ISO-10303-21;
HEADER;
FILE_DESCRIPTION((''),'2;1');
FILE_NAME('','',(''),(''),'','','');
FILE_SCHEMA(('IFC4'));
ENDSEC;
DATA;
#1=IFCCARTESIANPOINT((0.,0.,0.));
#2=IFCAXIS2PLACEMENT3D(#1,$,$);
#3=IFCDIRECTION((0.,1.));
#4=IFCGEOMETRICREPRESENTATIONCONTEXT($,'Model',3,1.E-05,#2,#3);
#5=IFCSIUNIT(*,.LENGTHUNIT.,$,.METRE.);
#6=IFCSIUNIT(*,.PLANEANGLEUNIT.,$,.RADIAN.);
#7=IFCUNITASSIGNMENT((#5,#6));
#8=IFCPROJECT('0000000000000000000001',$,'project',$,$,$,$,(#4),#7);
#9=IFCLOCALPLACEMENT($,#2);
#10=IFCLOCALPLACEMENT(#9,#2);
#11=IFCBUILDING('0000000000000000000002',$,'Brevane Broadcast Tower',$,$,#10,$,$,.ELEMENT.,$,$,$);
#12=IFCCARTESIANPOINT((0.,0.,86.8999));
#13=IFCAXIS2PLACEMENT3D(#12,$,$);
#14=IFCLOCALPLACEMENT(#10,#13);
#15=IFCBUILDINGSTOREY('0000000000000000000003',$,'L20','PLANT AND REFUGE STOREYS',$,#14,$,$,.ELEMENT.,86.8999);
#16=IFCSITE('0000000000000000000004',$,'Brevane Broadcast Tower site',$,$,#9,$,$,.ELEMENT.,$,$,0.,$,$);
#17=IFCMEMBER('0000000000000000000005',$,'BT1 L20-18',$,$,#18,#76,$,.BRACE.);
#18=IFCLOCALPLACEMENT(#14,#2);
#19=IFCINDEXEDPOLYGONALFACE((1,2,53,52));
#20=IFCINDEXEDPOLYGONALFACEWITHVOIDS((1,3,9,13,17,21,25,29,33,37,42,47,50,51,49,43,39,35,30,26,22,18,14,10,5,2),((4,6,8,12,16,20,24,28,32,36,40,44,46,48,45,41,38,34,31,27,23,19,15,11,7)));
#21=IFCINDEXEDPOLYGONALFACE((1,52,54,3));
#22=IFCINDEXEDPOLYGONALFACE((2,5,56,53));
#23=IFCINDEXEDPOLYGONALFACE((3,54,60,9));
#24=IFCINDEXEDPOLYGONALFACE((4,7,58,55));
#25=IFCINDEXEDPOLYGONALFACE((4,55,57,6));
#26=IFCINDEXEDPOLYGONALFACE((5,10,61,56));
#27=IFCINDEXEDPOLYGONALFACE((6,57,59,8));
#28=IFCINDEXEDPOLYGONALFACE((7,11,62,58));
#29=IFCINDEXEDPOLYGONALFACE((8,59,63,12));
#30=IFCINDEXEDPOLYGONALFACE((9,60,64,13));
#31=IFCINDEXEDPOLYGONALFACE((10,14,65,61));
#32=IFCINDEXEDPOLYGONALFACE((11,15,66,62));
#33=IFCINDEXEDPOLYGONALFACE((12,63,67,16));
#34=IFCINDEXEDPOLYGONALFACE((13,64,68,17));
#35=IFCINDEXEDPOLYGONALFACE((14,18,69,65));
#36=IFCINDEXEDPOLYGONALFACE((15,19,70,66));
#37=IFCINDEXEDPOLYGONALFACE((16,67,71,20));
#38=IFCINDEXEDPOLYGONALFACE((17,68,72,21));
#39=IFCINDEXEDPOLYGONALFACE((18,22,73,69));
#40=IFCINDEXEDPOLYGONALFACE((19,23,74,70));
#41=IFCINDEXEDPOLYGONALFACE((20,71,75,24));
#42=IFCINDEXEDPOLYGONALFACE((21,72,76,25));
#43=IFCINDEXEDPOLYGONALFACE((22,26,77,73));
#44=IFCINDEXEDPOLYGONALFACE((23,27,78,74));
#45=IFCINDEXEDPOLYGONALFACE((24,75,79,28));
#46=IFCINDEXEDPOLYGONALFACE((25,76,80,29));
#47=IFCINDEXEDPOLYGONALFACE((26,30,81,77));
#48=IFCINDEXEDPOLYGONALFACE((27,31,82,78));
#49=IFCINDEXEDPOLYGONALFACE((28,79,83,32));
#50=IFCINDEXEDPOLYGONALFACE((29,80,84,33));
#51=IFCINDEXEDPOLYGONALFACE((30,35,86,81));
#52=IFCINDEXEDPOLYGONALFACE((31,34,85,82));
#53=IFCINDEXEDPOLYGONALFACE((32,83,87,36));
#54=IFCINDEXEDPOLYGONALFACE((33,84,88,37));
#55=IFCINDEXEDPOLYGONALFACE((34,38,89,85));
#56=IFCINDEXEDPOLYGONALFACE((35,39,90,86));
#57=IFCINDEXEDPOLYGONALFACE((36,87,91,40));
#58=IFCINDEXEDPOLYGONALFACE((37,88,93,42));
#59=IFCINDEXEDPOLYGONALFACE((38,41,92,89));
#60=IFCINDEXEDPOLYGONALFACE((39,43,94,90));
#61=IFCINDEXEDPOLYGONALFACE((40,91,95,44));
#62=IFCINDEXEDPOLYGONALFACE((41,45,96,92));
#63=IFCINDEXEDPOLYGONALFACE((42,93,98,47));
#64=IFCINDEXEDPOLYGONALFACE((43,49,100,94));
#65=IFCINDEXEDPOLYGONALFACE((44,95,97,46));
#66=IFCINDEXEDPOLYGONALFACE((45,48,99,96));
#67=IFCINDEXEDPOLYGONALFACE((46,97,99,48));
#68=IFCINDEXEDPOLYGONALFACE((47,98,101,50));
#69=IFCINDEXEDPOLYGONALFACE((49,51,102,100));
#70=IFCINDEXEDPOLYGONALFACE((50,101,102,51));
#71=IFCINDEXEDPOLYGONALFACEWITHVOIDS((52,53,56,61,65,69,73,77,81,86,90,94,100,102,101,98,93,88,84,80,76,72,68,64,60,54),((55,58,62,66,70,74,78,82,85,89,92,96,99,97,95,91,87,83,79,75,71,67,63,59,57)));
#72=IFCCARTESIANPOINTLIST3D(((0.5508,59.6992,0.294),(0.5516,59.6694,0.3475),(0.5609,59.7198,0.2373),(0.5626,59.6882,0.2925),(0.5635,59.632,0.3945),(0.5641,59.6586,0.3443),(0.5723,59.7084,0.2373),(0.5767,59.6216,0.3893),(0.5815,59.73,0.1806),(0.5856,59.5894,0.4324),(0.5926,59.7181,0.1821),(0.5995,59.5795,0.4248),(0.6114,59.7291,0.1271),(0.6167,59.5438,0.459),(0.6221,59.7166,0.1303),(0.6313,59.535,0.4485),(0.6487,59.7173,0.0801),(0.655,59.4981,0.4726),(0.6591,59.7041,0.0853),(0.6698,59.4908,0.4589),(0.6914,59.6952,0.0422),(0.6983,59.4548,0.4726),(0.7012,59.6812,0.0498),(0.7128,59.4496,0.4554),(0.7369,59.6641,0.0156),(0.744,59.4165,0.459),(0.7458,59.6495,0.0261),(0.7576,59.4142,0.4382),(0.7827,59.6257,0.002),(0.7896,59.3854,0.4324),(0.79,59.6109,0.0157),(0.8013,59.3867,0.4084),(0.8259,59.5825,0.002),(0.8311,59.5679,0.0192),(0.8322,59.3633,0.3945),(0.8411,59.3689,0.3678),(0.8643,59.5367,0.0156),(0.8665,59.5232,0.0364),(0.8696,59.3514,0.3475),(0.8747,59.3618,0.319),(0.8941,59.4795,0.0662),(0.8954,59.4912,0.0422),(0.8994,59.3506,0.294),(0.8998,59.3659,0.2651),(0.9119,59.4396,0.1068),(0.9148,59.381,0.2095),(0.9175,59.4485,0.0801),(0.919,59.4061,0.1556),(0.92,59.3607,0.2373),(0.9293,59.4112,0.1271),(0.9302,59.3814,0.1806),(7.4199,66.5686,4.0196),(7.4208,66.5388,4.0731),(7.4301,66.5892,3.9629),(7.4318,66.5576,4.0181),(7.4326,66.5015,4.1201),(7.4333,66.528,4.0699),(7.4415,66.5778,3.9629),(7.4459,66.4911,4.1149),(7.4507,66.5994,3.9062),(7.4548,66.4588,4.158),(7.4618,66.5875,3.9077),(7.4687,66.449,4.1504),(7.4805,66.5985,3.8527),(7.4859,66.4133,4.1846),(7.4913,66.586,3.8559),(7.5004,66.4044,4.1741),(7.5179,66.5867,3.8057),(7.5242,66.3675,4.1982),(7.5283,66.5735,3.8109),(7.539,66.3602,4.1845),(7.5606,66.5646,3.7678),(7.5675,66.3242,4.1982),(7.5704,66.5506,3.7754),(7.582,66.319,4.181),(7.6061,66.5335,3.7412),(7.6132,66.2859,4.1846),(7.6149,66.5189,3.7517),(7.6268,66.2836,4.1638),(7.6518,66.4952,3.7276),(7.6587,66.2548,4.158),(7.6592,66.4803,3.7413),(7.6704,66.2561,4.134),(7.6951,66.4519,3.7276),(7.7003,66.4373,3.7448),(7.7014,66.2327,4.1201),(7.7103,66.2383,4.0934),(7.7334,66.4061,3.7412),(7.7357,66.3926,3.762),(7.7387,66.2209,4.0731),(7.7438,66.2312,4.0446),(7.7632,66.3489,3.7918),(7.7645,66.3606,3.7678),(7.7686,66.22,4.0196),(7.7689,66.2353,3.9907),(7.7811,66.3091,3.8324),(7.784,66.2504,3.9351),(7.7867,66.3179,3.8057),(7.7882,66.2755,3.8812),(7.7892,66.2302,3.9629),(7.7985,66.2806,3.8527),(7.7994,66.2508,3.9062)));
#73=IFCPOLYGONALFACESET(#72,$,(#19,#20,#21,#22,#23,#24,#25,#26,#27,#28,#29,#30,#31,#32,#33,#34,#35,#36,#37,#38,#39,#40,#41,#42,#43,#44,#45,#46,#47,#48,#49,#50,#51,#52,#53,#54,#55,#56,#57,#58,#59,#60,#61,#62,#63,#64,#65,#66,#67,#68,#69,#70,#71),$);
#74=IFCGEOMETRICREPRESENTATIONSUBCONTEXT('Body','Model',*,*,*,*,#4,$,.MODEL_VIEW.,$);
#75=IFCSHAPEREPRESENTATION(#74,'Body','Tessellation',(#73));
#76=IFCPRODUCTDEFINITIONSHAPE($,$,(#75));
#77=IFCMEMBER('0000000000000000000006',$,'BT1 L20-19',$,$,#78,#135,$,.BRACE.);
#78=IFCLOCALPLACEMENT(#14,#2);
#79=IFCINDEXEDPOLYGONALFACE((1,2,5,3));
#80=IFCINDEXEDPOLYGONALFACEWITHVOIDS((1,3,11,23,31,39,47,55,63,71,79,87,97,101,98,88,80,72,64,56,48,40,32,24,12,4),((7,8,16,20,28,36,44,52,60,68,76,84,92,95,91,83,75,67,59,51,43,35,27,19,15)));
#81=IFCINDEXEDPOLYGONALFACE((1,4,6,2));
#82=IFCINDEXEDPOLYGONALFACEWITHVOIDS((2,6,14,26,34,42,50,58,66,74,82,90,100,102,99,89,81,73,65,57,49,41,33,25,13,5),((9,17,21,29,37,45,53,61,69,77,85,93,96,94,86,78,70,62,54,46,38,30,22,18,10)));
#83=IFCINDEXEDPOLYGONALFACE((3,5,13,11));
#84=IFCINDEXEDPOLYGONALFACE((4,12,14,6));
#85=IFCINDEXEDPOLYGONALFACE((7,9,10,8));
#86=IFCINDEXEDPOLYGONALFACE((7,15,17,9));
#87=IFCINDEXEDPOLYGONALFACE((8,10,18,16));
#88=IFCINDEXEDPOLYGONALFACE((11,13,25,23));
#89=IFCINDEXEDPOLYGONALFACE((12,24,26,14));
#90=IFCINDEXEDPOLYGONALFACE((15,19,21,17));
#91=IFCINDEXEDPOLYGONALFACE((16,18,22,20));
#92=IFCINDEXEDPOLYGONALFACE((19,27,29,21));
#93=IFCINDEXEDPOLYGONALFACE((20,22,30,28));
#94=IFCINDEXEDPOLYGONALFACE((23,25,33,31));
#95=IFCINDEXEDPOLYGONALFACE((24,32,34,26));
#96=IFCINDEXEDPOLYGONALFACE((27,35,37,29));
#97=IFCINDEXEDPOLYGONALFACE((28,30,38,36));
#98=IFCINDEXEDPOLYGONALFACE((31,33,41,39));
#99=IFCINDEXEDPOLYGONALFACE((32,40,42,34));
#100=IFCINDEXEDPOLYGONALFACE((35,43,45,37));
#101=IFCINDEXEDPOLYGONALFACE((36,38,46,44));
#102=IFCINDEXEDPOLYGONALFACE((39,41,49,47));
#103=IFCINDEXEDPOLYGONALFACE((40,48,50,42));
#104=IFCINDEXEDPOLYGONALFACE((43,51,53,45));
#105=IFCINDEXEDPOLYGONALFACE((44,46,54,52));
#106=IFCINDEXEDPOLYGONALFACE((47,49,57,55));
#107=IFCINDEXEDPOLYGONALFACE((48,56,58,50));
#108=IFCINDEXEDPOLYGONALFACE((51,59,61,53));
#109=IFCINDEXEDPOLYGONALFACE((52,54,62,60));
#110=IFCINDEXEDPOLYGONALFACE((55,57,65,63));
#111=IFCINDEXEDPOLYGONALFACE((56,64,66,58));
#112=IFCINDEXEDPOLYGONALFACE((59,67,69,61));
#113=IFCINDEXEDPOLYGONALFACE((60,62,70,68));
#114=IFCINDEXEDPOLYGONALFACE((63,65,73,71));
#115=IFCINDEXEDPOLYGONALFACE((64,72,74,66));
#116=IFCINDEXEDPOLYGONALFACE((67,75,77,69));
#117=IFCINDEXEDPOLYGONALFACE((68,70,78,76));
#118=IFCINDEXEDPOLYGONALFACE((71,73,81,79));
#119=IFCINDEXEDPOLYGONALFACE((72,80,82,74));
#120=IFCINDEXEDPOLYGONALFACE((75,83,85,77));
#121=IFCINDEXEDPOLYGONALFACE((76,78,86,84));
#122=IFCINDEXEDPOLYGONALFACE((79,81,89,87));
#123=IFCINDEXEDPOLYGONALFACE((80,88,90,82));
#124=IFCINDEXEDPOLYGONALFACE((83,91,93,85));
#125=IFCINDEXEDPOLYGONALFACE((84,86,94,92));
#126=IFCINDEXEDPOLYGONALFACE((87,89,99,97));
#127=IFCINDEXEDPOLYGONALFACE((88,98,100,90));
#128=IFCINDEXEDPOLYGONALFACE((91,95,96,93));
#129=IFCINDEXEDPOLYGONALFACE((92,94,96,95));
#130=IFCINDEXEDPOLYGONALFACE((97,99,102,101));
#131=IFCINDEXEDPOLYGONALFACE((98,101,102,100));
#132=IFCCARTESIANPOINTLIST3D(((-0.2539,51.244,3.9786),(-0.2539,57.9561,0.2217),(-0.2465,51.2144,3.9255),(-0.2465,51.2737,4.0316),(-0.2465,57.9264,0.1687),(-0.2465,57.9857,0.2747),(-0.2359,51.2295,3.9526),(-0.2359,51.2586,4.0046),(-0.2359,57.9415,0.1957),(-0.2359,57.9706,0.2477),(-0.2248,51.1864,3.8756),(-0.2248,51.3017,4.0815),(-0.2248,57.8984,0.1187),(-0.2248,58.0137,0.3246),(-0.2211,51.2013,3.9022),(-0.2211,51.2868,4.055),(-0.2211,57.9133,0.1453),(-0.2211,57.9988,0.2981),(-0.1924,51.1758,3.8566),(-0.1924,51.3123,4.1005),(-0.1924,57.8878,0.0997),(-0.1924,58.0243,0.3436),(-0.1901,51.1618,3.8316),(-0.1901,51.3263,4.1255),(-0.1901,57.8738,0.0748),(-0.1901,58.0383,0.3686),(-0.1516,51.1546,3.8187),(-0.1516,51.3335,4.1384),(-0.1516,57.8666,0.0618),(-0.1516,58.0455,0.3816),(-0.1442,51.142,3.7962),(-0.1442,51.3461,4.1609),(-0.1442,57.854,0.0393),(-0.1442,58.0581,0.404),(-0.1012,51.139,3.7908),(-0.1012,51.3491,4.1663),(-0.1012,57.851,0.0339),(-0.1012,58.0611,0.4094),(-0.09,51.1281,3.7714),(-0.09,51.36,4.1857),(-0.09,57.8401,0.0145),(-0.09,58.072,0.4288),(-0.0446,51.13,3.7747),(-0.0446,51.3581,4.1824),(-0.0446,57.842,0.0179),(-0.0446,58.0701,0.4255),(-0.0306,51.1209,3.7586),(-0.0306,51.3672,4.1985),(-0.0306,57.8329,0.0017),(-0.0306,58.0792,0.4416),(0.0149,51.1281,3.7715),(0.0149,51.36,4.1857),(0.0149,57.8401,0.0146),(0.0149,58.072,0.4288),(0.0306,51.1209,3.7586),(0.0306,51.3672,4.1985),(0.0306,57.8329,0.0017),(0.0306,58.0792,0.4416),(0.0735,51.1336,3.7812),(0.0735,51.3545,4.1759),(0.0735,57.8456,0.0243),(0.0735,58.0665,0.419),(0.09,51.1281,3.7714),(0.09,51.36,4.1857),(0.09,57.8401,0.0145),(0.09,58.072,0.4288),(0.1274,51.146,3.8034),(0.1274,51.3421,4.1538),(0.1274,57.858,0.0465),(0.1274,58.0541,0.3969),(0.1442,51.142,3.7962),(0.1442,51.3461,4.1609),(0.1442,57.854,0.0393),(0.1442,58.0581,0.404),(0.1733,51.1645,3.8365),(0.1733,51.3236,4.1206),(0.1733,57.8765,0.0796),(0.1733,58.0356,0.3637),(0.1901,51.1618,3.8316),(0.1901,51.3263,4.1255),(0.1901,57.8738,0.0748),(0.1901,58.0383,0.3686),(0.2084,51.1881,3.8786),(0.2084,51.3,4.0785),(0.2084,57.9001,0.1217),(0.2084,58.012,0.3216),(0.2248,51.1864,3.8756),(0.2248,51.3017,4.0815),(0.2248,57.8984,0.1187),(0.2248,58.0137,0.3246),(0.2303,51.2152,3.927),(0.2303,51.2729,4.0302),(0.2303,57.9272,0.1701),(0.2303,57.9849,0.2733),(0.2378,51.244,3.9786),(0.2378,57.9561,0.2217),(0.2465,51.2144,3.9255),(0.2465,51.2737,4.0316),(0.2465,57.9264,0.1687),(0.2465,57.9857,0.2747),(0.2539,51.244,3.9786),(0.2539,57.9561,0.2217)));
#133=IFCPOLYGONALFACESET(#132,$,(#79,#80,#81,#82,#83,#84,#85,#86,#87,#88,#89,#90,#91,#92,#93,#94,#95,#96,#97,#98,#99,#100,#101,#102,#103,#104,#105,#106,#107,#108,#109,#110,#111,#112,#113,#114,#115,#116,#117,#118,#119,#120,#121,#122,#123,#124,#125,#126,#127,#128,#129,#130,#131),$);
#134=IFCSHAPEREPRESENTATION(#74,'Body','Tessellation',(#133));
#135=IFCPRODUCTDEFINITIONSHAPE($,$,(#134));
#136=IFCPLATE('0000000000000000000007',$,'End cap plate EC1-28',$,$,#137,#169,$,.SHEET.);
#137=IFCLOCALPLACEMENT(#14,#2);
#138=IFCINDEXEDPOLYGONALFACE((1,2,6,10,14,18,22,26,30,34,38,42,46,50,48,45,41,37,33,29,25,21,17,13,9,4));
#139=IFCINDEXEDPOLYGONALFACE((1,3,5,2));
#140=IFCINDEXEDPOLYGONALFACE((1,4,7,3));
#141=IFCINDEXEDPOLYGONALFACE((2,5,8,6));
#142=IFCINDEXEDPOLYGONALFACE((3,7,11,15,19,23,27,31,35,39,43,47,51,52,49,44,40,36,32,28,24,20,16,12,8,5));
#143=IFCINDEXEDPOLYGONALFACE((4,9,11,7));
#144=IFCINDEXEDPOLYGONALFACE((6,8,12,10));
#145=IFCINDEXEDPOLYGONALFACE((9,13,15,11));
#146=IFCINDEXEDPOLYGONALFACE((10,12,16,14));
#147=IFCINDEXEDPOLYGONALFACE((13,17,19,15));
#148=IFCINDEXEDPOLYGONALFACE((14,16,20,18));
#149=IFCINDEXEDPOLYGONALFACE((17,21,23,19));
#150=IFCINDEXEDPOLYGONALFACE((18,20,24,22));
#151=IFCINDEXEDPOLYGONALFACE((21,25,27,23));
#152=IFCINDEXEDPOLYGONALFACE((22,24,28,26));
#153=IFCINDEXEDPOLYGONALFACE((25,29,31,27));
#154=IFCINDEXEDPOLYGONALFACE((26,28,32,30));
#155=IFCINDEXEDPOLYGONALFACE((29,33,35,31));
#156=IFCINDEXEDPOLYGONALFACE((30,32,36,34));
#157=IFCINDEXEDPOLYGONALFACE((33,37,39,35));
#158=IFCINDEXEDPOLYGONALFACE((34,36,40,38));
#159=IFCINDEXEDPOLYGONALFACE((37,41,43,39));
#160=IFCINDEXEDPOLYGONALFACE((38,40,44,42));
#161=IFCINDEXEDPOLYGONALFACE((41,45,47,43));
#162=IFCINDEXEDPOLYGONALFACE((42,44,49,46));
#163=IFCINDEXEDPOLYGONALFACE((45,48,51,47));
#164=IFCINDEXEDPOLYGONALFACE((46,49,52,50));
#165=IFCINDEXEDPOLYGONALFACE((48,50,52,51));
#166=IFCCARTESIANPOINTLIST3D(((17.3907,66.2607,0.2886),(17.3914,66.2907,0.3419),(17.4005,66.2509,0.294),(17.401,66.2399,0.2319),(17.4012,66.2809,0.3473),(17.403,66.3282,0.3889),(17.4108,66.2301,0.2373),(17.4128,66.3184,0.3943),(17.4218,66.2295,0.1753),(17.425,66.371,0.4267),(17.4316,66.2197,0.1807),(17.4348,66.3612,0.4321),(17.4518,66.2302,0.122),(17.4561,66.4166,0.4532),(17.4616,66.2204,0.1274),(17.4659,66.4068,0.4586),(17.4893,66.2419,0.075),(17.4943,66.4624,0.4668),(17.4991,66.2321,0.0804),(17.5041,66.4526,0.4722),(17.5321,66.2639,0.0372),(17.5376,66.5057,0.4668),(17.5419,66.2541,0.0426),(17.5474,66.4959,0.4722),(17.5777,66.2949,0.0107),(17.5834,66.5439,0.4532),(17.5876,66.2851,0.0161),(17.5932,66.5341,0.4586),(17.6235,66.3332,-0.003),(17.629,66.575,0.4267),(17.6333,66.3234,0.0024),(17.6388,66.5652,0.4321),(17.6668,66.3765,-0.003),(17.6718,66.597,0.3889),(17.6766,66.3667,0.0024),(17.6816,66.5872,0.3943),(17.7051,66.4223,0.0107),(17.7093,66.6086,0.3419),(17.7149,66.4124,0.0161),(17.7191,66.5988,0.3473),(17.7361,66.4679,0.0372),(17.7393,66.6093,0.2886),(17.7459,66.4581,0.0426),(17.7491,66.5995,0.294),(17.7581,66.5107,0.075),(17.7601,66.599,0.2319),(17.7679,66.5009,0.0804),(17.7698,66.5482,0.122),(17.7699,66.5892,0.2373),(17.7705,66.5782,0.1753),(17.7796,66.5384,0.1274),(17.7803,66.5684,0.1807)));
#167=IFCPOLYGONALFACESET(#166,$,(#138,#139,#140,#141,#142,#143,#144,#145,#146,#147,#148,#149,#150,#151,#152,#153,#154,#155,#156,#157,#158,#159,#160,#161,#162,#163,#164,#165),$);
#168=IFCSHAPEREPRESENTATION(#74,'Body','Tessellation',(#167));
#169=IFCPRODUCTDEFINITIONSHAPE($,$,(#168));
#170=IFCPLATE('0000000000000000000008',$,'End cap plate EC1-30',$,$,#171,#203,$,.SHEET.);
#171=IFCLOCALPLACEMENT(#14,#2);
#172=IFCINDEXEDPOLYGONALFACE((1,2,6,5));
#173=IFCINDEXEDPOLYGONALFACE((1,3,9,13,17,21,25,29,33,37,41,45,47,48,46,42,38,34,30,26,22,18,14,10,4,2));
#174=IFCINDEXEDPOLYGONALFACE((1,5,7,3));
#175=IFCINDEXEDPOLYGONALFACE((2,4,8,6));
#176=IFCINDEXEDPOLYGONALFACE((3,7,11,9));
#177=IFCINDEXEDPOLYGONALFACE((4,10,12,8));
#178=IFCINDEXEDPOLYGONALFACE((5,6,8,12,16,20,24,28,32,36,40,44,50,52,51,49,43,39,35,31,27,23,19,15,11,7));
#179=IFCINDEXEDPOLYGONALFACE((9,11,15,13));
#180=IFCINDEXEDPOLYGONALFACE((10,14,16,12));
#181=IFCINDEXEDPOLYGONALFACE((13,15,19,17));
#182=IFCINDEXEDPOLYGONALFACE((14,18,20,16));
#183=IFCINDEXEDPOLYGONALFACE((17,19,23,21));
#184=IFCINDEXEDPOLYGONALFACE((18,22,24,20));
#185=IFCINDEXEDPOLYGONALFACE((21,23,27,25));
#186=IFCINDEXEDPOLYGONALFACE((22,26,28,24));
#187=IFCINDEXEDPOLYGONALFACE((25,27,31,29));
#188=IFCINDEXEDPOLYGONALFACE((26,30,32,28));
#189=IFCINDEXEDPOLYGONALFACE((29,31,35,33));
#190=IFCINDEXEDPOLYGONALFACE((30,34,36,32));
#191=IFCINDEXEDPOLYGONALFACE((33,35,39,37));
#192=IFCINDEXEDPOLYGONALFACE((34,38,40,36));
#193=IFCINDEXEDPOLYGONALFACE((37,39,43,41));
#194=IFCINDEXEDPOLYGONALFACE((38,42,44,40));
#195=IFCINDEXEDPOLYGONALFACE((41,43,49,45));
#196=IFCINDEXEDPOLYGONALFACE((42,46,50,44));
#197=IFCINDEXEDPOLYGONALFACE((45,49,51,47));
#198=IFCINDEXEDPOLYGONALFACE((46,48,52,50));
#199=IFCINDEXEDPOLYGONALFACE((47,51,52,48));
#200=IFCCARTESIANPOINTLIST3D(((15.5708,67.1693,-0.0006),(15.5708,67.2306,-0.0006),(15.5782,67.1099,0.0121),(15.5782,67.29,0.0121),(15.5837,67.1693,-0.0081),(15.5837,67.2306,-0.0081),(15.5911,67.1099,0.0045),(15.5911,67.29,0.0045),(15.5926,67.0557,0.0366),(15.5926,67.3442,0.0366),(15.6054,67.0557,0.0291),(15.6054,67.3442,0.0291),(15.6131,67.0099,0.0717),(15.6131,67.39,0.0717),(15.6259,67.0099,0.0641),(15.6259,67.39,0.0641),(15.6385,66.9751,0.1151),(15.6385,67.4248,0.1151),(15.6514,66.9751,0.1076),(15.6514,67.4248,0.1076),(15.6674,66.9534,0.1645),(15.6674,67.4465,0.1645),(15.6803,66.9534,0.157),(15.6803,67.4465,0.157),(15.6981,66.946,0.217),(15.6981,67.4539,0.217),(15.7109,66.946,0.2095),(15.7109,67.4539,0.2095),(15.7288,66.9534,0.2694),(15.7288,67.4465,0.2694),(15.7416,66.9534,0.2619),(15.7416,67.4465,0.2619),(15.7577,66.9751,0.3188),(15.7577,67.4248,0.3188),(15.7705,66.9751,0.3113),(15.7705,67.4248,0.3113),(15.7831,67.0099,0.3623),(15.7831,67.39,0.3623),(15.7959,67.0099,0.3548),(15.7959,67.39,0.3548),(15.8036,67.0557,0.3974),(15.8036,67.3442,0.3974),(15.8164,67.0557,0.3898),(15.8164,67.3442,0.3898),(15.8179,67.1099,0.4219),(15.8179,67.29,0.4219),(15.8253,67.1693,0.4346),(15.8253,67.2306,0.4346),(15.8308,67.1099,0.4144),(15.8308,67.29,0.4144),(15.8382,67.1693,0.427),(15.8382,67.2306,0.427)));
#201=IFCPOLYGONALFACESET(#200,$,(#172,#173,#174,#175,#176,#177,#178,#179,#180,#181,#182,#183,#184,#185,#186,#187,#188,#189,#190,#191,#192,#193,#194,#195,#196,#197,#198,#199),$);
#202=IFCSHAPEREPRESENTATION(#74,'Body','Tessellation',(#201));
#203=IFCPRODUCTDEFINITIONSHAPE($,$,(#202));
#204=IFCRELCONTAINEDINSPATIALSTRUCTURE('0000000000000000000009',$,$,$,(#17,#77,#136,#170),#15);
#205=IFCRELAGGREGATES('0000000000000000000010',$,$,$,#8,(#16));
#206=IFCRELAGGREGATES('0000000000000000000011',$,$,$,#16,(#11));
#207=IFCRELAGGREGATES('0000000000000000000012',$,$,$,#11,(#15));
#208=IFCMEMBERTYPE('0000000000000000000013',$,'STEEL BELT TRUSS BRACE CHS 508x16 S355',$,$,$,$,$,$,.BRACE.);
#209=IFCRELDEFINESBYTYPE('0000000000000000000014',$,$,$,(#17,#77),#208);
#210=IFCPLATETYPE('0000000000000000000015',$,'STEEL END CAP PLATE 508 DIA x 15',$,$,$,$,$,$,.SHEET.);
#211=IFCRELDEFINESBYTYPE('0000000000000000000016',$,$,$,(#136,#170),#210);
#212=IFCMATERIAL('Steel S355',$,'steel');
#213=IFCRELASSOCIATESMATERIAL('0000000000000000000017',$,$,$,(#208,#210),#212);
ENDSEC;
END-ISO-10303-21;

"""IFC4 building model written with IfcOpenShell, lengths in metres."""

from ifc_helpers import new_model, si_unit, direction, frame, origin, origin_2d, place, context, subcontext, project, spatial, circle, hollow_circle, extrude, material, material_profile, profile_set, type_object, element, save


model = new_model("IFC4")

# Units and contexts
model_context = context("Model", 3, precision=1e-05, world=origin(), true_north=direction((0.0, 1.0)))
body_context = subcontext(model_context, "Body", "Model", "MODEL_VIEW")
ifc_project = project(units=[si_unit("LENGTHUNIT", "METRE"), si_unit("PLANEANGLEUNIT", "RADIAN")], contexts=[model_context])

# Site, building, storey
site_placement = place(None, origin())
site = spatial("IfcSite", under=ifc_project, at=site_placement, Name="Brevane Broadcast Tower site", CompositionType="ELEMENT", RefElevation=0.0)
building_placement = place(site_placement, origin())
building = spatial("IfcBuilding", under=site, at=building_placement, Name="Brevane Broadcast Tower", CompositionType="ELEMENT")
storey_placement = place(building_placement, frame((0.0, 0.0, 86.8999)))
storey = spatial("IfcBuildingStorey", under=building, at=storey_placement, Name="L20", Description="PLANT AND REFUGE STOREYS", CompositionType="ELEMENT", Elevation=86.8999)

# Members
ifc_material_1 = material(Name="Steel S355", Category="steel")
ifc_material_profile_1 = material_profile(ifc_material_1, hollow_circle(Radius=0.2539, WallThickness=0.0161, at=origin_2d()), Name="CHS 508x16")
ifc_profile_set_1 = profile_set([ifc_material_profile_1], Name="Steel S355")
member_type_1 = type_object("IfcMemberType", Name="STEEL BELT TRUSS BRACE CHS 508x16 S355", PredefinedType="BRACE", material=ifc_profile_set_1)
member_1_placement = place(storey_placement, frame((0.7405, 59.5403, 0.2373), z_axis=(0.660209, 0.660232, 0.358075), x_axis=(-0.707119, 0.707094, 0.0)))
element("IfcMember", 1, at=member_1_placement, inside=storey, type_object=member_type_1, Name="BT1 L20-18", PredefinedType="BRACE", context=body_context, shape_type="SweptSolid", body=[
    extrude(hollow_circle(Radius=0.2539, WallThickness=0.0161, at=origin_2d()), origin(), (0.0, 0.0, 1.0), 10.4045),
])
member_2_placement = place(storey_placement, frame((0.0, 57.9561, 0.2217), z_axis=(0.0, -0.872608, 0.488422), x_axis=(1.0, 0.0, 0.0)))
element("IfcMember", 2, at=member_2_placement, inside=storey, type_object=member_type_1, Name="BT1 L20-19", PredefinedType="BRACE", context=body_context, shape_type="SweptSolid", body=[
    extrude(hollow_circle(Radius=0.2539, WallThickness=0.0161, at=origin_2d()), origin(), (0.0, 0.0, 1.0), 7.6919),
])

# Plates
ifc_material_profile_2 = material_profile(ifc_material_1, circle(Radius=0.2539, at=origin_2d()), Name="PL 508 DIA x 15")
ifc_profile_set_2 = profile_set([ifc_material_profile_2], Name="Steel S355")
plate_type = type_object("IfcPlateType", Name="STEEL END CAP PLATE 508 DIA x 15", PredefinedType="SHEET", material=ifc_profile_set_2)
for number, where, z_axis, x_axis, name in (
    (3, (17.5806, 66.4194, 0.2319), (0.659022, -0.659022, 0.362462), (0.707107, 0.707107, 0.0), "End cap plate EC1-28"),
    (4, (15.7109, 67.2, 0.2095), (-0.863188, 0.0, 0.504883), (0.0, -1.0, 0.0), "End cap plate EC1-30"),
):
    element("IfcPlate", number, at=place(storey_placement, frame(where, z_axis=z_axis, x_axis=x_axis)), inside=storey, type_object=plate_type, Name=name, PredefinedType="SHEET", context=body_context, shape_type="SweptSolid", body=[
        extrude(circle(Radius=0.2539, at=origin_2d()), origin(), (0.0, 0.0, 1.0), 0.0149),
    ])

save(model, "model.ifc")
